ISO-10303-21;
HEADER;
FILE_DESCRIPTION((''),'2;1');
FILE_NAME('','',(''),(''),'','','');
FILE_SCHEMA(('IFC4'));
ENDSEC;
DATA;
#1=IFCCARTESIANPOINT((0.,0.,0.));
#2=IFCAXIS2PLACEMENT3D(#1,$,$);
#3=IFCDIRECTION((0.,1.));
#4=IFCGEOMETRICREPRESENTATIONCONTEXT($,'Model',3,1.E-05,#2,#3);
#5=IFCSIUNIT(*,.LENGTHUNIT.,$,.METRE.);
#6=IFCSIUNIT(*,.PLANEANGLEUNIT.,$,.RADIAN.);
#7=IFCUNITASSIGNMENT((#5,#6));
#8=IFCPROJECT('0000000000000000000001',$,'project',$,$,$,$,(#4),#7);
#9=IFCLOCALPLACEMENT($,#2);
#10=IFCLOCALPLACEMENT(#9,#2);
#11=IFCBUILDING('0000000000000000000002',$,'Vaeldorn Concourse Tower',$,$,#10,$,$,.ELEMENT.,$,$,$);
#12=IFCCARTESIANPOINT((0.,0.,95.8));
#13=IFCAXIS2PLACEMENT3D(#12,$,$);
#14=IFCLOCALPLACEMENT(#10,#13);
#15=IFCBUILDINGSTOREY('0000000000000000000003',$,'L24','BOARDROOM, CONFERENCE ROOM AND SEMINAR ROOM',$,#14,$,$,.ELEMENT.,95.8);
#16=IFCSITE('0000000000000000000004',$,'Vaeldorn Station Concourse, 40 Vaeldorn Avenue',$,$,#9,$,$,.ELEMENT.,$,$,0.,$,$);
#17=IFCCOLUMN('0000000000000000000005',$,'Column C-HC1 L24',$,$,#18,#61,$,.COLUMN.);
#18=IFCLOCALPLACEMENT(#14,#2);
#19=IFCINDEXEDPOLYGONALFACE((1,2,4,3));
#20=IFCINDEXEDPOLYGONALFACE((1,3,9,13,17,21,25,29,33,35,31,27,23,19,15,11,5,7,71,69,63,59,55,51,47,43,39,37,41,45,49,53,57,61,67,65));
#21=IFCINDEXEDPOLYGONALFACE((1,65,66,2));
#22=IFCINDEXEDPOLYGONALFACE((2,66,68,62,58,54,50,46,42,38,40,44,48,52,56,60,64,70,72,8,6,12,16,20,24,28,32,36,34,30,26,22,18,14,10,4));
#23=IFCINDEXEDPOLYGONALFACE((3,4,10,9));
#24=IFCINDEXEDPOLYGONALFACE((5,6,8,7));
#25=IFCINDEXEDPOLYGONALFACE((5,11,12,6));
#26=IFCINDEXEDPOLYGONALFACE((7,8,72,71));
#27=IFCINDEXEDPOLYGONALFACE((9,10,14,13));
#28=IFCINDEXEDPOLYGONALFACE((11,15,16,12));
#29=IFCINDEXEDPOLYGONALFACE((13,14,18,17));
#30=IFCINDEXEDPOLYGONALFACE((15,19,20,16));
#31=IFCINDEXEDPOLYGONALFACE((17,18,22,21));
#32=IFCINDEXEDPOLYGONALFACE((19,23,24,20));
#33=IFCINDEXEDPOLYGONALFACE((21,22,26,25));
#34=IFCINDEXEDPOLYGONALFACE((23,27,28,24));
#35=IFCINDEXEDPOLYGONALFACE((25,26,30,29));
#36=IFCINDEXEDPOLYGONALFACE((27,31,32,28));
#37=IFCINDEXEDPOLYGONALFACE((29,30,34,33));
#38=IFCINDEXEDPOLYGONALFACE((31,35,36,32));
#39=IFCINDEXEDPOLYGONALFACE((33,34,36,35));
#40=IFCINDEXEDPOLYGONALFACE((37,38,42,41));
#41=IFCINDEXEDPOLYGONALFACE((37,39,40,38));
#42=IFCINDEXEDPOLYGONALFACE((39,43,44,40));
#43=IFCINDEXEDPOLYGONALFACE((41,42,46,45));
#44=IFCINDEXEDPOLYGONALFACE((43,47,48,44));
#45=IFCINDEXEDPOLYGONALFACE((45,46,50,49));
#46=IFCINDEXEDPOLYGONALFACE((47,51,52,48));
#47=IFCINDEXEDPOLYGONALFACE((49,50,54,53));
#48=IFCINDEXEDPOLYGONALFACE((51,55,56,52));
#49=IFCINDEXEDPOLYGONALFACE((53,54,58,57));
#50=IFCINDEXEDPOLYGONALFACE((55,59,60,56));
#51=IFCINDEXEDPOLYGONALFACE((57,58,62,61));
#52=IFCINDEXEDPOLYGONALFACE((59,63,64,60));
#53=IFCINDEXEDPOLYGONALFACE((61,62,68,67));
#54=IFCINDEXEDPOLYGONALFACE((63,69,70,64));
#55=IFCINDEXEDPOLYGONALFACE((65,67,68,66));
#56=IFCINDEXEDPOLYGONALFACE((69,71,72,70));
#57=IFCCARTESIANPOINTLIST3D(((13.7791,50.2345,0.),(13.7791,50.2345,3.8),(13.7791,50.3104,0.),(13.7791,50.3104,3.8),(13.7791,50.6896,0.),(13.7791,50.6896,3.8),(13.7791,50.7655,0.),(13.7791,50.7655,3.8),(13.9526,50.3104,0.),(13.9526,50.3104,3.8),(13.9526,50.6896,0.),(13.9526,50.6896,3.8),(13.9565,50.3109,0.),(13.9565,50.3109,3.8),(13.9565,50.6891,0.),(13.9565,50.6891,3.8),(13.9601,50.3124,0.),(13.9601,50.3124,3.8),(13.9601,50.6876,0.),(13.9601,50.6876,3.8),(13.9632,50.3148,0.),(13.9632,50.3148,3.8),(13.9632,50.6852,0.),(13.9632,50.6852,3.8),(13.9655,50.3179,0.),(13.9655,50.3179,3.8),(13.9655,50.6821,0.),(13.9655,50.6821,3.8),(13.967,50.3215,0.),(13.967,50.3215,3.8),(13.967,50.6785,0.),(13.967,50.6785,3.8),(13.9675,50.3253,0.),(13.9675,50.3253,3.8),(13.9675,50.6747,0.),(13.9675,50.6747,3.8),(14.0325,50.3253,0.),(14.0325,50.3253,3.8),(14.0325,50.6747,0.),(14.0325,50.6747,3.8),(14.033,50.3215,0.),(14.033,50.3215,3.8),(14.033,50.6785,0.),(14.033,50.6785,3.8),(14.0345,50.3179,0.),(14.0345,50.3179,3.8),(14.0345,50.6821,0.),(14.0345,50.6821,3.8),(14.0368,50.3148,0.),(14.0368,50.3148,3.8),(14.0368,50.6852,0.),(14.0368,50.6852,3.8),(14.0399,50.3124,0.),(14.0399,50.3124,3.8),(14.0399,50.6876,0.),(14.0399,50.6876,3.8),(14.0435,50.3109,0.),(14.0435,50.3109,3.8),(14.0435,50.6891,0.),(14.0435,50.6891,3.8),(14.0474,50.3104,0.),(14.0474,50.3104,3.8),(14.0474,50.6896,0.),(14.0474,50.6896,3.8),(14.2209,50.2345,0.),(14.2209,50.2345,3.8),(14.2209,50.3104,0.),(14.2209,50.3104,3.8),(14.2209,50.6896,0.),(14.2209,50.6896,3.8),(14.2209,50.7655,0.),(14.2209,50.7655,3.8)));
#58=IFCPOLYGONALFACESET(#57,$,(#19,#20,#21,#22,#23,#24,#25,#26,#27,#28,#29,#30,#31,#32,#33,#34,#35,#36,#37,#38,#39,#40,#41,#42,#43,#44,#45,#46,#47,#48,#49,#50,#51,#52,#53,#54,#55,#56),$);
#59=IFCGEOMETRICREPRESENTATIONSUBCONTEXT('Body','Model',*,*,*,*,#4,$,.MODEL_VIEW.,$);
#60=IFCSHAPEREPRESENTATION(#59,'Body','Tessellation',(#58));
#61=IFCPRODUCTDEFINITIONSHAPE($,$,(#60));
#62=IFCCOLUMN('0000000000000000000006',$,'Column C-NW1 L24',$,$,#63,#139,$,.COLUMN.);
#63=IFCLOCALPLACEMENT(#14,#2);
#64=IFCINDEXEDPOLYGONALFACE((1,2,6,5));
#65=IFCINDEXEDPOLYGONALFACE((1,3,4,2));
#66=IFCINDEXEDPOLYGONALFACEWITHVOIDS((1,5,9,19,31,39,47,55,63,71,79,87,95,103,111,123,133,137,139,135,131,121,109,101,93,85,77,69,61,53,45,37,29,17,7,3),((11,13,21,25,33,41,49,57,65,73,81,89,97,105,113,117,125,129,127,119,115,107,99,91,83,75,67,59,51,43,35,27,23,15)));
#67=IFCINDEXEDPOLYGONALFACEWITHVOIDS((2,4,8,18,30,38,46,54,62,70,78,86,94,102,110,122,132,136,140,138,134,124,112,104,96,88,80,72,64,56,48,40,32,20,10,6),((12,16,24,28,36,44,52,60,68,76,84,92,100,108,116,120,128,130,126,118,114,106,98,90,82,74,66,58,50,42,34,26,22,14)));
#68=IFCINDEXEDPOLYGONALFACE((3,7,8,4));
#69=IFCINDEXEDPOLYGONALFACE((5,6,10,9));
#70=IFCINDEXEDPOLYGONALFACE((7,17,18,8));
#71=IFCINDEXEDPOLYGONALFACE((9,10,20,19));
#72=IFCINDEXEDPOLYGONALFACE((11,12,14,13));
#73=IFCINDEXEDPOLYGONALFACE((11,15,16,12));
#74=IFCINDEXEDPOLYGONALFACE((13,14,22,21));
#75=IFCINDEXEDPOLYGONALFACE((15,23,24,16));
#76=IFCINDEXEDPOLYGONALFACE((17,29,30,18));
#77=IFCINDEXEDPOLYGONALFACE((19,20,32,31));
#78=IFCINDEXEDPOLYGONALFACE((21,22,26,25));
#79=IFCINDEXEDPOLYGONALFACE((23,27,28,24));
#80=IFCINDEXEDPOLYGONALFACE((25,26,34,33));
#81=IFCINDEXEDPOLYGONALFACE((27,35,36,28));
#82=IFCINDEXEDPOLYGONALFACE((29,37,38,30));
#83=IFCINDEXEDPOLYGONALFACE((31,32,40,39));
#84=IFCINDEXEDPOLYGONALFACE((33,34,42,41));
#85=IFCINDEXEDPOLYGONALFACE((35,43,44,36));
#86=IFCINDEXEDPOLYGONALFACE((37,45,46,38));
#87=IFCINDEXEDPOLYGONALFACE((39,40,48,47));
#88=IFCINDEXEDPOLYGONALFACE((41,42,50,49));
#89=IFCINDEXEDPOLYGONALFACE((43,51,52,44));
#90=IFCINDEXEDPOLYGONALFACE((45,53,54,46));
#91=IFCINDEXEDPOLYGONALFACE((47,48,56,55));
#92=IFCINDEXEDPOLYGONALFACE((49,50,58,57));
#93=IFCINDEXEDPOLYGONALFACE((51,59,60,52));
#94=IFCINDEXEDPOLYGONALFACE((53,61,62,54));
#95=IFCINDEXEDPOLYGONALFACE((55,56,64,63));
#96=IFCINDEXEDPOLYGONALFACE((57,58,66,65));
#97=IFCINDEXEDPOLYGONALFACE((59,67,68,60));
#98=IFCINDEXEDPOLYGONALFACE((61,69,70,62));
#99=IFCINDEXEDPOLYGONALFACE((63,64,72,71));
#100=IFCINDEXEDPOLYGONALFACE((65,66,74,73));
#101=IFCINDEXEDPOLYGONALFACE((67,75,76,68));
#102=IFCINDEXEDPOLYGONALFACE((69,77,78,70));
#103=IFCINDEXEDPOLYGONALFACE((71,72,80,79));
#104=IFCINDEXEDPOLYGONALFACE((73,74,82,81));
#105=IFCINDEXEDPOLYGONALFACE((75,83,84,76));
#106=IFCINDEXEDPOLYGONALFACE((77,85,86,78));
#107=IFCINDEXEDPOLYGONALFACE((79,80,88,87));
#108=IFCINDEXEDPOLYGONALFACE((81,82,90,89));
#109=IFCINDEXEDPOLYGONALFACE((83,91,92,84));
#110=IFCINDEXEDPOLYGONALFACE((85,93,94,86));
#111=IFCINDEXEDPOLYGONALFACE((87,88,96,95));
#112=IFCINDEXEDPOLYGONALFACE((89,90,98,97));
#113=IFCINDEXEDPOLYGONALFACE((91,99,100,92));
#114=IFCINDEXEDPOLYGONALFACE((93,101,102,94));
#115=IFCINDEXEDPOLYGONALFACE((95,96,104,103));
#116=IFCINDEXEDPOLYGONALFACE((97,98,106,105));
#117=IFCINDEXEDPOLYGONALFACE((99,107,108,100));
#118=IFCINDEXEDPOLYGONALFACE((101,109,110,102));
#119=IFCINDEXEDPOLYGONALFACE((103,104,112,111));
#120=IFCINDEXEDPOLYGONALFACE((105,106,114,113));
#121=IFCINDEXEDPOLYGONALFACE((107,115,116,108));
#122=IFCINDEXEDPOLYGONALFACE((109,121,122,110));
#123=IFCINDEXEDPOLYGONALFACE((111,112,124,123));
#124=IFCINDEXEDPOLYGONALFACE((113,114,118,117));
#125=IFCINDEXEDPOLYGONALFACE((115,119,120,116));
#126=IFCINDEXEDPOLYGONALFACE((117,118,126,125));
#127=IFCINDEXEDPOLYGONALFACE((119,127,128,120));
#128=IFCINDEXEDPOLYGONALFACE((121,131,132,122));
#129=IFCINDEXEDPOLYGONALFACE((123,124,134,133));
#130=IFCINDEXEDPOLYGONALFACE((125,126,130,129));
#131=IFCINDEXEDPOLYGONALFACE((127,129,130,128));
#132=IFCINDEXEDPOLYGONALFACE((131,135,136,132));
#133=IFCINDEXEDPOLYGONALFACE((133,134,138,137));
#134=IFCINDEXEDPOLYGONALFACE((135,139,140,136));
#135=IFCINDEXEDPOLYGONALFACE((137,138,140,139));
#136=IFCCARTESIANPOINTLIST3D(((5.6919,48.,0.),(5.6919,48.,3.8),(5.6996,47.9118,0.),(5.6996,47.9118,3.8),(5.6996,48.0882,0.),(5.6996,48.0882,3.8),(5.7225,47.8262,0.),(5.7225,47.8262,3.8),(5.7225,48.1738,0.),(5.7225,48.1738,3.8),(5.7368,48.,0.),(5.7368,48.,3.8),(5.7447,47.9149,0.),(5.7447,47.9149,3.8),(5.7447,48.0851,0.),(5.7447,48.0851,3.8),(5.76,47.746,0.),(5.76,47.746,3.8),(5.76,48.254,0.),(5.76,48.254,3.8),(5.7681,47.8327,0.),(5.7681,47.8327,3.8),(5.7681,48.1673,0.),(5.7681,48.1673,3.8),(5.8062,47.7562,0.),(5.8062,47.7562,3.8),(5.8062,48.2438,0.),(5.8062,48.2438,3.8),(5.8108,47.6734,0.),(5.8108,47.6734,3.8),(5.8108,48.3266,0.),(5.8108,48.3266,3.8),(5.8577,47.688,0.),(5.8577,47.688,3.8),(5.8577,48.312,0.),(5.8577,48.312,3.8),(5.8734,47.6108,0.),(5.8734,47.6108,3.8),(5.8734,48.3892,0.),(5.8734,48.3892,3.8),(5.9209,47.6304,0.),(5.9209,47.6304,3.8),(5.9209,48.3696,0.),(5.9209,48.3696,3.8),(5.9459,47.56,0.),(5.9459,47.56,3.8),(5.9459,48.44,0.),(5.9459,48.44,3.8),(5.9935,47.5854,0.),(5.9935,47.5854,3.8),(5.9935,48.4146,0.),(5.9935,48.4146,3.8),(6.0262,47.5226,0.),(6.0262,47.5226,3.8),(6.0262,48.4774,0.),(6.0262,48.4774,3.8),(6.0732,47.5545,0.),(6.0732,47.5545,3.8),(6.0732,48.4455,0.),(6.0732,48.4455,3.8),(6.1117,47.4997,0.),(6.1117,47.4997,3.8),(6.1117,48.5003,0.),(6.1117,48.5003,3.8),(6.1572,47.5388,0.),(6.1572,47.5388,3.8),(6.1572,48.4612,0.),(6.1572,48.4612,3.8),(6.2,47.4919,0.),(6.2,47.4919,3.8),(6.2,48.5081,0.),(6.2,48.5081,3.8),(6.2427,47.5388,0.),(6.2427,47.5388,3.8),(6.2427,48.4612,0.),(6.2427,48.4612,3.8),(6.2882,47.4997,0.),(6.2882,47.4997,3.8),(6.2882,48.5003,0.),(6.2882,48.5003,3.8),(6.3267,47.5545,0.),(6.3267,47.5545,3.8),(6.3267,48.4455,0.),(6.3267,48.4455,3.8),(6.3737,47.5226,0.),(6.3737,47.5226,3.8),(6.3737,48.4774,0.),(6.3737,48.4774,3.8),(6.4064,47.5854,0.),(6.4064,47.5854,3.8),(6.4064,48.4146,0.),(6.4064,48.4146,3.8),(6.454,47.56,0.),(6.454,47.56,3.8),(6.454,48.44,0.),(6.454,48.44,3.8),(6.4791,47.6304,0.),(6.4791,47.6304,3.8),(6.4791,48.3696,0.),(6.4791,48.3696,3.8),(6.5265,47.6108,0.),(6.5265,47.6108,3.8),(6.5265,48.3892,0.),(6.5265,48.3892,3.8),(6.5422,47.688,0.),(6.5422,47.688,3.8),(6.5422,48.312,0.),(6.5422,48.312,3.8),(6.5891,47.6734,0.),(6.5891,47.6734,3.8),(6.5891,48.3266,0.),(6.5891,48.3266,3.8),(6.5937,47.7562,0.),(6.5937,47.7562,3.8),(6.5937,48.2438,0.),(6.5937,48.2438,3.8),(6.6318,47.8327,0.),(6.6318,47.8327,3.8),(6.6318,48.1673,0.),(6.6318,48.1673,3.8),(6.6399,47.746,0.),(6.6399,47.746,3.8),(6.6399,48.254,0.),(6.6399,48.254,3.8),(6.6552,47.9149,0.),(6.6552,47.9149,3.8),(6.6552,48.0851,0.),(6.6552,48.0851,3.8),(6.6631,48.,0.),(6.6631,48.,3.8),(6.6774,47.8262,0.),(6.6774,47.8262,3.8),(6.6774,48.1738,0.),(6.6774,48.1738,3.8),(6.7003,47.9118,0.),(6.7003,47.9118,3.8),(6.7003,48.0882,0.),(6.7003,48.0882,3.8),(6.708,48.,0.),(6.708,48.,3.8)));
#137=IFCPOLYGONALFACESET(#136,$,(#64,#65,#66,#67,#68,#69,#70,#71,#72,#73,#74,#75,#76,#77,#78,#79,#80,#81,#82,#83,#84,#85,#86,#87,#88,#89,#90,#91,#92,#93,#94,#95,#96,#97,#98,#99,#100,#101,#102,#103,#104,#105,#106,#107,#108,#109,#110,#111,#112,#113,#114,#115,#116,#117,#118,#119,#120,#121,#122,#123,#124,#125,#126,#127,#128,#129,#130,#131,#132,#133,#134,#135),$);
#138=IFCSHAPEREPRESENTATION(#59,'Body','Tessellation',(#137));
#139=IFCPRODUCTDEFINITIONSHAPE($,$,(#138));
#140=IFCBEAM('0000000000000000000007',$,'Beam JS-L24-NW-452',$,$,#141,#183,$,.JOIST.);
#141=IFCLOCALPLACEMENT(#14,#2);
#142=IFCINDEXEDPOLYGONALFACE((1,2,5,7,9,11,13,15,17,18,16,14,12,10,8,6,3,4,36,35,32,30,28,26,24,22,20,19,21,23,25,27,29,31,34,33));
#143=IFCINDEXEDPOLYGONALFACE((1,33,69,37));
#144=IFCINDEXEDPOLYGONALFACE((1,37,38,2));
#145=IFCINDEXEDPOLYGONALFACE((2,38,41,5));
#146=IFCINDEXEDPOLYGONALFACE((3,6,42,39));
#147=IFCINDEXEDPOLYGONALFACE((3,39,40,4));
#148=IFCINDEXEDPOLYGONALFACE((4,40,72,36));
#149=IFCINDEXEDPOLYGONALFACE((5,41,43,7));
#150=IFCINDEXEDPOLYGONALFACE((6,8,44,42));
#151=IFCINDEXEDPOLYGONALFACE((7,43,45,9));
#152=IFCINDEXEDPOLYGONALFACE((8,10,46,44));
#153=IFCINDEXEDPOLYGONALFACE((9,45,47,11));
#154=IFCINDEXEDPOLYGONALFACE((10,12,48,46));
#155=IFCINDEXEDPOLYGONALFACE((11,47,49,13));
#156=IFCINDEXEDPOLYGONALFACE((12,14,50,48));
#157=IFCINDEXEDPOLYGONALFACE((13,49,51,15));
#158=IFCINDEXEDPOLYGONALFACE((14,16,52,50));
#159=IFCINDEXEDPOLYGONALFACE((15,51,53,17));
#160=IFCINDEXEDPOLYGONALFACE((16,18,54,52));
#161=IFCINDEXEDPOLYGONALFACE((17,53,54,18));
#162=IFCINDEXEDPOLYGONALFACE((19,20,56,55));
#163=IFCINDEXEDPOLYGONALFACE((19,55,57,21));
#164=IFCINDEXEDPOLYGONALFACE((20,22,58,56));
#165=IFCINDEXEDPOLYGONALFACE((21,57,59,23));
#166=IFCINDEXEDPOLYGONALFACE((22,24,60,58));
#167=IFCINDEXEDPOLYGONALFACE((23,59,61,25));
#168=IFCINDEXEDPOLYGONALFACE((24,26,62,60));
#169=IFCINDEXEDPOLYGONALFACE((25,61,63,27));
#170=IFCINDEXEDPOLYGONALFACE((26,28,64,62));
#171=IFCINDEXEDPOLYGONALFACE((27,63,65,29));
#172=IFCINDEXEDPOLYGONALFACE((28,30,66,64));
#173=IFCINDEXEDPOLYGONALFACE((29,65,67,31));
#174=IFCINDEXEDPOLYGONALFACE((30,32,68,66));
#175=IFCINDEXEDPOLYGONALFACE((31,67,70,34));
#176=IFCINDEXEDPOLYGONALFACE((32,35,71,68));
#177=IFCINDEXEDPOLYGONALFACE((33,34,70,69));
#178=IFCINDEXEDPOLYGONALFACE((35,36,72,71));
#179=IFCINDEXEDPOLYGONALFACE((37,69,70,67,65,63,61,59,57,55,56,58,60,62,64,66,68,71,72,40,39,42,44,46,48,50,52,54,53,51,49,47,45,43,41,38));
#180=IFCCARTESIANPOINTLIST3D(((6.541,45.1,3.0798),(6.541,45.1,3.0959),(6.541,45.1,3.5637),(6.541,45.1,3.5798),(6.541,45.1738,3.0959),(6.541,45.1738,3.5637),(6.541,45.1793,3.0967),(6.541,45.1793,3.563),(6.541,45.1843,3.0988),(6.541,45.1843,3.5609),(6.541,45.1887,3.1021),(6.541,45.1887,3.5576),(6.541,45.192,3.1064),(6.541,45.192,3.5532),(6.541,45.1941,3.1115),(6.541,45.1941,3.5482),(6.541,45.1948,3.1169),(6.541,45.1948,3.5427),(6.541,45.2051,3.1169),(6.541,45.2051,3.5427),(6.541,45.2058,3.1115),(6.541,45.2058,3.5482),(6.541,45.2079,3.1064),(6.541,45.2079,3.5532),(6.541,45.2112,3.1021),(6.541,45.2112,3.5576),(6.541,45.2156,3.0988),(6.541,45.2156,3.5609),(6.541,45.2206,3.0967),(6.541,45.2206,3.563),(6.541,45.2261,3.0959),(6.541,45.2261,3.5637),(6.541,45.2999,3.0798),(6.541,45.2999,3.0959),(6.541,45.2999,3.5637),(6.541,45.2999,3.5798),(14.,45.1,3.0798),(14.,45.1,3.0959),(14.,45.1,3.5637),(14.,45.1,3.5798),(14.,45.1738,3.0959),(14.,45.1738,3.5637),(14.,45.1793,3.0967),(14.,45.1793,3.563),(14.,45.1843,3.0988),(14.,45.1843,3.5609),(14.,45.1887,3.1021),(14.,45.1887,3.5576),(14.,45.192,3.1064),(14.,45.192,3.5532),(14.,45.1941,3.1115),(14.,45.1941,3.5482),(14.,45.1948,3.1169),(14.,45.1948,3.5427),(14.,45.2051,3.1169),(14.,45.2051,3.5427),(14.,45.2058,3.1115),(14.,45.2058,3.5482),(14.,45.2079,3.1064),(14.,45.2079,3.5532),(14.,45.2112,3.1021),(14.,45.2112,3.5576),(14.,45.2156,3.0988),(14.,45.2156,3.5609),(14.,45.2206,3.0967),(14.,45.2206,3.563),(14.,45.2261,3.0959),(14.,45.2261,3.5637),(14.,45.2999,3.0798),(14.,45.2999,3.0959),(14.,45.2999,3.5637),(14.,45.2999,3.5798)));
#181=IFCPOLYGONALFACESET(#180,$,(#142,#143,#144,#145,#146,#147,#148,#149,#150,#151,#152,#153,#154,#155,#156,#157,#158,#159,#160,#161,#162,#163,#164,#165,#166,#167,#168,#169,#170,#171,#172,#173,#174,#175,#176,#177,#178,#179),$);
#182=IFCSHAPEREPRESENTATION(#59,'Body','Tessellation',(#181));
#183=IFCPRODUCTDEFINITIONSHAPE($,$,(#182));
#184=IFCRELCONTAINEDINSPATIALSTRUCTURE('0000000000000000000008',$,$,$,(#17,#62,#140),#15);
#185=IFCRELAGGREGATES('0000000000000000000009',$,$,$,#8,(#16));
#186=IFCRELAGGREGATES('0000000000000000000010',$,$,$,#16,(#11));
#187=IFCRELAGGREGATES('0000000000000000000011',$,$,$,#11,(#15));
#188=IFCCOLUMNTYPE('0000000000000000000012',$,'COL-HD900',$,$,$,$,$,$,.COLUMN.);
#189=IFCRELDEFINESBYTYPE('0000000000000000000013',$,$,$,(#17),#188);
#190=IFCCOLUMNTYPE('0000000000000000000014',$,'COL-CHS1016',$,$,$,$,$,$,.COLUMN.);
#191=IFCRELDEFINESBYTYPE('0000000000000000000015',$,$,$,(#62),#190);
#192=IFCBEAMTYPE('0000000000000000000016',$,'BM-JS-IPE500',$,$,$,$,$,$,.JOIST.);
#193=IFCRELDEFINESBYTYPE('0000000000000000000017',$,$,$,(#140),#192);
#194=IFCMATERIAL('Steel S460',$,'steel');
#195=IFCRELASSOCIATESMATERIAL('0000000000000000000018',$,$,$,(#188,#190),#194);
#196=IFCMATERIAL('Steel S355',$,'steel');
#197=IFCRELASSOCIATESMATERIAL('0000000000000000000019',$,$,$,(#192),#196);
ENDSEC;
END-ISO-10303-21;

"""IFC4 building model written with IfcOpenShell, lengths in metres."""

from ifc_helpers import new_model, si_unit, direction, frame, origin, origin_2d, place, context, subcontext, project, spatial, hollow_circle, i_section, extrude, source, transform, mapped, material, material_profile, profile_set, type_object, element, save


model = new_model("IFC4")

# Units and contexts
model_context = context("Model", 3, precision=1e-05, world=origin(), true_north=direction((0.0, 1.0)))
body_context = subcontext(model_context, "Body", "Model", "MODEL_VIEW")
ifc_project = project(units=[si_unit("LENGTHUNIT", "METRE"), si_unit("PLANEANGLEUNIT", "RADIAN")], contexts=[model_context])

# Site, building, storey
site_placement = place(None, origin())
site = spatial("IfcSite", under=ifc_project, at=site_placement, Name="Vaeldorn Station Concourse, 40 Vaeldorn Avenue", CompositionType="ELEMENT", RefElevation=0.0)
building_placement = place(site_placement, origin())
building = spatial("IfcBuilding", under=site, at=building_placement, Name="Vaeldorn Concourse Tower", CompositionType="ELEMENT")
storey_placement = place(building_placement, frame((0.0, 0.0, 95.8)))
storey = spatial("IfcBuildingStorey", under=building, at=storey_placement, Name="L24", Description="BOARDROOM, CONFERENCE ROOM AND SEMINAR ROOM", CompositionType="ELEMENT", Elevation=95.8)

# Columns
ifc_material_1 = material(Name="Steel S460", Category="steel")
ifc_material_profile_1 = material_profile(ifc_material_1, i_section(OverallWidth=0.4419, OverallDepth=0.531, WebThickness=0.0649, FlangeThickness=0.0759, FilletRadius=0.0149, at=origin_2d()), Name="HD 400x900")
ifc_profile_set_1 = profile_set([ifc_material_profile_1], Name="Steel S460")
column_type_1 = type_object("IfcColumnType", Name="COL-HD900", PredefinedType="COLUMN", material=ifc_profile_set_1)
shared_shape_1 = source(origin(), body_context, "Body", "SweptSolid", [
    extrude(i_section(OverallWidth=0.4419, OverallDepth=0.531, WebThickness=0.0649, FlangeThickness=0.0759, FilletRadius=0.0149, at=origin_2d()), origin(), (0.0, 0.0, 1.0), 3.8),
])
column_1_placement = place(storey_placement, frame((14.0, 50.5, 0.0), z_axis=(0.0, 0.0, 1.0), x_axis=(1.0, 0.0, 0.0)))
element("IfcColumn", 1, at=column_1_placement, inside=storey, type_object=column_type_1, Name="Column C-HC1 L24", PredefinedType="COLUMN", context=body_context, shape_type="MappedRepresentation", body=[
    mapped(shared_shape_1, transform((0.0, 0.0, 0.0), scale=1.0)),
])
ifc_material_profile_2 = material_profile(ifc_material_1, hollow_circle(Radius=0.5081, WallThickness=0.0449, at=origin_2d()), Name="CHS 1016x45")
ifc_profile_set_2 = profile_set([ifc_material_profile_2], Name="Steel S460")
column_type_2 = type_object("IfcColumnType", Name="COL-CHS1016", PredefinedType="COLUMN", material=ifc_profile_set_2)
shared_shape_2 = source(origin(), body_context, "Body", "SweptSolid", [
    extrude(hollow_circle(Radius=0.5081, WallThickness=0.0449, at=origin_2d()), origin(), (0.0, 0.0, 1.0), 3.8),
])
column_2_placement = place(storey_placement, frame((6.2, 48.0, 0.0), z_axis=(0.0, 0.0, 1.0), x_axis=(1.0, 0.0, 0.0)))
element("IfcColumn", 2, at=column_2_placement, inside=storey, type_object=column_type_2, Name="Column C-NW1 L24", PredefinedType="COLUMN", context=body_context, shape_type="MappedRepresentation", body=[
    mapped(shared_shape_2, transform((0.0, 0.0, 0.0), scale=1.0)),
])

# Beam
ifc_material_2 = material(Name="Steel S355", Category="steel")
ifc_material_profile_3 = material_profile(ifc_material_2, i_section(OverallWidth=0.2, OverallDepth=0.5, WebThickness=0.0103, FlangeThickness=0.0161, FilletRadius=0.021, at=origin_2d()), Name="IPE 500")
ifc_profile_set_3 = profile_set([ifc_material_profile_3], Name="Steel S355")
beam_type_1 = type_object("IfcBeamType", Name="BM-JS-IPE500", PredefinedType="JOIST", material=ifc_profile_set_3)
shared_shape_3 = source(origin(), body_context, "Body", "SweptSolid", [
    extrude(i_section(OverallWidth=0.2, OverallDepth=0.5, WebThickness=0.0103, FlangeThickness=0.0161, FilletRadius=0.021, at=origin_2d()), origin(), (0.0, 0.0, 1.0), 7.459),
])
beam_1_placement = place(storey_placement, frame((6.541, 45.2, 3.3298), z_axis=(1.0, 0.0, 0.0), x_axis=(0.0, 1.0, 0.0)))
element("IfcBeam", 3, at=beam_1_placement, inside=storey, type_object=beam_type_1, Name="Beam JS-L24-NW-452", PredefinedType="JOIST", context=body_context, shape_type="MappedRepresentation", body=[
    mapped(shared_shape_3, transform((0.0, 0.0, 0.0), scale=1.0)),
])

save(model, "model.ifc")
